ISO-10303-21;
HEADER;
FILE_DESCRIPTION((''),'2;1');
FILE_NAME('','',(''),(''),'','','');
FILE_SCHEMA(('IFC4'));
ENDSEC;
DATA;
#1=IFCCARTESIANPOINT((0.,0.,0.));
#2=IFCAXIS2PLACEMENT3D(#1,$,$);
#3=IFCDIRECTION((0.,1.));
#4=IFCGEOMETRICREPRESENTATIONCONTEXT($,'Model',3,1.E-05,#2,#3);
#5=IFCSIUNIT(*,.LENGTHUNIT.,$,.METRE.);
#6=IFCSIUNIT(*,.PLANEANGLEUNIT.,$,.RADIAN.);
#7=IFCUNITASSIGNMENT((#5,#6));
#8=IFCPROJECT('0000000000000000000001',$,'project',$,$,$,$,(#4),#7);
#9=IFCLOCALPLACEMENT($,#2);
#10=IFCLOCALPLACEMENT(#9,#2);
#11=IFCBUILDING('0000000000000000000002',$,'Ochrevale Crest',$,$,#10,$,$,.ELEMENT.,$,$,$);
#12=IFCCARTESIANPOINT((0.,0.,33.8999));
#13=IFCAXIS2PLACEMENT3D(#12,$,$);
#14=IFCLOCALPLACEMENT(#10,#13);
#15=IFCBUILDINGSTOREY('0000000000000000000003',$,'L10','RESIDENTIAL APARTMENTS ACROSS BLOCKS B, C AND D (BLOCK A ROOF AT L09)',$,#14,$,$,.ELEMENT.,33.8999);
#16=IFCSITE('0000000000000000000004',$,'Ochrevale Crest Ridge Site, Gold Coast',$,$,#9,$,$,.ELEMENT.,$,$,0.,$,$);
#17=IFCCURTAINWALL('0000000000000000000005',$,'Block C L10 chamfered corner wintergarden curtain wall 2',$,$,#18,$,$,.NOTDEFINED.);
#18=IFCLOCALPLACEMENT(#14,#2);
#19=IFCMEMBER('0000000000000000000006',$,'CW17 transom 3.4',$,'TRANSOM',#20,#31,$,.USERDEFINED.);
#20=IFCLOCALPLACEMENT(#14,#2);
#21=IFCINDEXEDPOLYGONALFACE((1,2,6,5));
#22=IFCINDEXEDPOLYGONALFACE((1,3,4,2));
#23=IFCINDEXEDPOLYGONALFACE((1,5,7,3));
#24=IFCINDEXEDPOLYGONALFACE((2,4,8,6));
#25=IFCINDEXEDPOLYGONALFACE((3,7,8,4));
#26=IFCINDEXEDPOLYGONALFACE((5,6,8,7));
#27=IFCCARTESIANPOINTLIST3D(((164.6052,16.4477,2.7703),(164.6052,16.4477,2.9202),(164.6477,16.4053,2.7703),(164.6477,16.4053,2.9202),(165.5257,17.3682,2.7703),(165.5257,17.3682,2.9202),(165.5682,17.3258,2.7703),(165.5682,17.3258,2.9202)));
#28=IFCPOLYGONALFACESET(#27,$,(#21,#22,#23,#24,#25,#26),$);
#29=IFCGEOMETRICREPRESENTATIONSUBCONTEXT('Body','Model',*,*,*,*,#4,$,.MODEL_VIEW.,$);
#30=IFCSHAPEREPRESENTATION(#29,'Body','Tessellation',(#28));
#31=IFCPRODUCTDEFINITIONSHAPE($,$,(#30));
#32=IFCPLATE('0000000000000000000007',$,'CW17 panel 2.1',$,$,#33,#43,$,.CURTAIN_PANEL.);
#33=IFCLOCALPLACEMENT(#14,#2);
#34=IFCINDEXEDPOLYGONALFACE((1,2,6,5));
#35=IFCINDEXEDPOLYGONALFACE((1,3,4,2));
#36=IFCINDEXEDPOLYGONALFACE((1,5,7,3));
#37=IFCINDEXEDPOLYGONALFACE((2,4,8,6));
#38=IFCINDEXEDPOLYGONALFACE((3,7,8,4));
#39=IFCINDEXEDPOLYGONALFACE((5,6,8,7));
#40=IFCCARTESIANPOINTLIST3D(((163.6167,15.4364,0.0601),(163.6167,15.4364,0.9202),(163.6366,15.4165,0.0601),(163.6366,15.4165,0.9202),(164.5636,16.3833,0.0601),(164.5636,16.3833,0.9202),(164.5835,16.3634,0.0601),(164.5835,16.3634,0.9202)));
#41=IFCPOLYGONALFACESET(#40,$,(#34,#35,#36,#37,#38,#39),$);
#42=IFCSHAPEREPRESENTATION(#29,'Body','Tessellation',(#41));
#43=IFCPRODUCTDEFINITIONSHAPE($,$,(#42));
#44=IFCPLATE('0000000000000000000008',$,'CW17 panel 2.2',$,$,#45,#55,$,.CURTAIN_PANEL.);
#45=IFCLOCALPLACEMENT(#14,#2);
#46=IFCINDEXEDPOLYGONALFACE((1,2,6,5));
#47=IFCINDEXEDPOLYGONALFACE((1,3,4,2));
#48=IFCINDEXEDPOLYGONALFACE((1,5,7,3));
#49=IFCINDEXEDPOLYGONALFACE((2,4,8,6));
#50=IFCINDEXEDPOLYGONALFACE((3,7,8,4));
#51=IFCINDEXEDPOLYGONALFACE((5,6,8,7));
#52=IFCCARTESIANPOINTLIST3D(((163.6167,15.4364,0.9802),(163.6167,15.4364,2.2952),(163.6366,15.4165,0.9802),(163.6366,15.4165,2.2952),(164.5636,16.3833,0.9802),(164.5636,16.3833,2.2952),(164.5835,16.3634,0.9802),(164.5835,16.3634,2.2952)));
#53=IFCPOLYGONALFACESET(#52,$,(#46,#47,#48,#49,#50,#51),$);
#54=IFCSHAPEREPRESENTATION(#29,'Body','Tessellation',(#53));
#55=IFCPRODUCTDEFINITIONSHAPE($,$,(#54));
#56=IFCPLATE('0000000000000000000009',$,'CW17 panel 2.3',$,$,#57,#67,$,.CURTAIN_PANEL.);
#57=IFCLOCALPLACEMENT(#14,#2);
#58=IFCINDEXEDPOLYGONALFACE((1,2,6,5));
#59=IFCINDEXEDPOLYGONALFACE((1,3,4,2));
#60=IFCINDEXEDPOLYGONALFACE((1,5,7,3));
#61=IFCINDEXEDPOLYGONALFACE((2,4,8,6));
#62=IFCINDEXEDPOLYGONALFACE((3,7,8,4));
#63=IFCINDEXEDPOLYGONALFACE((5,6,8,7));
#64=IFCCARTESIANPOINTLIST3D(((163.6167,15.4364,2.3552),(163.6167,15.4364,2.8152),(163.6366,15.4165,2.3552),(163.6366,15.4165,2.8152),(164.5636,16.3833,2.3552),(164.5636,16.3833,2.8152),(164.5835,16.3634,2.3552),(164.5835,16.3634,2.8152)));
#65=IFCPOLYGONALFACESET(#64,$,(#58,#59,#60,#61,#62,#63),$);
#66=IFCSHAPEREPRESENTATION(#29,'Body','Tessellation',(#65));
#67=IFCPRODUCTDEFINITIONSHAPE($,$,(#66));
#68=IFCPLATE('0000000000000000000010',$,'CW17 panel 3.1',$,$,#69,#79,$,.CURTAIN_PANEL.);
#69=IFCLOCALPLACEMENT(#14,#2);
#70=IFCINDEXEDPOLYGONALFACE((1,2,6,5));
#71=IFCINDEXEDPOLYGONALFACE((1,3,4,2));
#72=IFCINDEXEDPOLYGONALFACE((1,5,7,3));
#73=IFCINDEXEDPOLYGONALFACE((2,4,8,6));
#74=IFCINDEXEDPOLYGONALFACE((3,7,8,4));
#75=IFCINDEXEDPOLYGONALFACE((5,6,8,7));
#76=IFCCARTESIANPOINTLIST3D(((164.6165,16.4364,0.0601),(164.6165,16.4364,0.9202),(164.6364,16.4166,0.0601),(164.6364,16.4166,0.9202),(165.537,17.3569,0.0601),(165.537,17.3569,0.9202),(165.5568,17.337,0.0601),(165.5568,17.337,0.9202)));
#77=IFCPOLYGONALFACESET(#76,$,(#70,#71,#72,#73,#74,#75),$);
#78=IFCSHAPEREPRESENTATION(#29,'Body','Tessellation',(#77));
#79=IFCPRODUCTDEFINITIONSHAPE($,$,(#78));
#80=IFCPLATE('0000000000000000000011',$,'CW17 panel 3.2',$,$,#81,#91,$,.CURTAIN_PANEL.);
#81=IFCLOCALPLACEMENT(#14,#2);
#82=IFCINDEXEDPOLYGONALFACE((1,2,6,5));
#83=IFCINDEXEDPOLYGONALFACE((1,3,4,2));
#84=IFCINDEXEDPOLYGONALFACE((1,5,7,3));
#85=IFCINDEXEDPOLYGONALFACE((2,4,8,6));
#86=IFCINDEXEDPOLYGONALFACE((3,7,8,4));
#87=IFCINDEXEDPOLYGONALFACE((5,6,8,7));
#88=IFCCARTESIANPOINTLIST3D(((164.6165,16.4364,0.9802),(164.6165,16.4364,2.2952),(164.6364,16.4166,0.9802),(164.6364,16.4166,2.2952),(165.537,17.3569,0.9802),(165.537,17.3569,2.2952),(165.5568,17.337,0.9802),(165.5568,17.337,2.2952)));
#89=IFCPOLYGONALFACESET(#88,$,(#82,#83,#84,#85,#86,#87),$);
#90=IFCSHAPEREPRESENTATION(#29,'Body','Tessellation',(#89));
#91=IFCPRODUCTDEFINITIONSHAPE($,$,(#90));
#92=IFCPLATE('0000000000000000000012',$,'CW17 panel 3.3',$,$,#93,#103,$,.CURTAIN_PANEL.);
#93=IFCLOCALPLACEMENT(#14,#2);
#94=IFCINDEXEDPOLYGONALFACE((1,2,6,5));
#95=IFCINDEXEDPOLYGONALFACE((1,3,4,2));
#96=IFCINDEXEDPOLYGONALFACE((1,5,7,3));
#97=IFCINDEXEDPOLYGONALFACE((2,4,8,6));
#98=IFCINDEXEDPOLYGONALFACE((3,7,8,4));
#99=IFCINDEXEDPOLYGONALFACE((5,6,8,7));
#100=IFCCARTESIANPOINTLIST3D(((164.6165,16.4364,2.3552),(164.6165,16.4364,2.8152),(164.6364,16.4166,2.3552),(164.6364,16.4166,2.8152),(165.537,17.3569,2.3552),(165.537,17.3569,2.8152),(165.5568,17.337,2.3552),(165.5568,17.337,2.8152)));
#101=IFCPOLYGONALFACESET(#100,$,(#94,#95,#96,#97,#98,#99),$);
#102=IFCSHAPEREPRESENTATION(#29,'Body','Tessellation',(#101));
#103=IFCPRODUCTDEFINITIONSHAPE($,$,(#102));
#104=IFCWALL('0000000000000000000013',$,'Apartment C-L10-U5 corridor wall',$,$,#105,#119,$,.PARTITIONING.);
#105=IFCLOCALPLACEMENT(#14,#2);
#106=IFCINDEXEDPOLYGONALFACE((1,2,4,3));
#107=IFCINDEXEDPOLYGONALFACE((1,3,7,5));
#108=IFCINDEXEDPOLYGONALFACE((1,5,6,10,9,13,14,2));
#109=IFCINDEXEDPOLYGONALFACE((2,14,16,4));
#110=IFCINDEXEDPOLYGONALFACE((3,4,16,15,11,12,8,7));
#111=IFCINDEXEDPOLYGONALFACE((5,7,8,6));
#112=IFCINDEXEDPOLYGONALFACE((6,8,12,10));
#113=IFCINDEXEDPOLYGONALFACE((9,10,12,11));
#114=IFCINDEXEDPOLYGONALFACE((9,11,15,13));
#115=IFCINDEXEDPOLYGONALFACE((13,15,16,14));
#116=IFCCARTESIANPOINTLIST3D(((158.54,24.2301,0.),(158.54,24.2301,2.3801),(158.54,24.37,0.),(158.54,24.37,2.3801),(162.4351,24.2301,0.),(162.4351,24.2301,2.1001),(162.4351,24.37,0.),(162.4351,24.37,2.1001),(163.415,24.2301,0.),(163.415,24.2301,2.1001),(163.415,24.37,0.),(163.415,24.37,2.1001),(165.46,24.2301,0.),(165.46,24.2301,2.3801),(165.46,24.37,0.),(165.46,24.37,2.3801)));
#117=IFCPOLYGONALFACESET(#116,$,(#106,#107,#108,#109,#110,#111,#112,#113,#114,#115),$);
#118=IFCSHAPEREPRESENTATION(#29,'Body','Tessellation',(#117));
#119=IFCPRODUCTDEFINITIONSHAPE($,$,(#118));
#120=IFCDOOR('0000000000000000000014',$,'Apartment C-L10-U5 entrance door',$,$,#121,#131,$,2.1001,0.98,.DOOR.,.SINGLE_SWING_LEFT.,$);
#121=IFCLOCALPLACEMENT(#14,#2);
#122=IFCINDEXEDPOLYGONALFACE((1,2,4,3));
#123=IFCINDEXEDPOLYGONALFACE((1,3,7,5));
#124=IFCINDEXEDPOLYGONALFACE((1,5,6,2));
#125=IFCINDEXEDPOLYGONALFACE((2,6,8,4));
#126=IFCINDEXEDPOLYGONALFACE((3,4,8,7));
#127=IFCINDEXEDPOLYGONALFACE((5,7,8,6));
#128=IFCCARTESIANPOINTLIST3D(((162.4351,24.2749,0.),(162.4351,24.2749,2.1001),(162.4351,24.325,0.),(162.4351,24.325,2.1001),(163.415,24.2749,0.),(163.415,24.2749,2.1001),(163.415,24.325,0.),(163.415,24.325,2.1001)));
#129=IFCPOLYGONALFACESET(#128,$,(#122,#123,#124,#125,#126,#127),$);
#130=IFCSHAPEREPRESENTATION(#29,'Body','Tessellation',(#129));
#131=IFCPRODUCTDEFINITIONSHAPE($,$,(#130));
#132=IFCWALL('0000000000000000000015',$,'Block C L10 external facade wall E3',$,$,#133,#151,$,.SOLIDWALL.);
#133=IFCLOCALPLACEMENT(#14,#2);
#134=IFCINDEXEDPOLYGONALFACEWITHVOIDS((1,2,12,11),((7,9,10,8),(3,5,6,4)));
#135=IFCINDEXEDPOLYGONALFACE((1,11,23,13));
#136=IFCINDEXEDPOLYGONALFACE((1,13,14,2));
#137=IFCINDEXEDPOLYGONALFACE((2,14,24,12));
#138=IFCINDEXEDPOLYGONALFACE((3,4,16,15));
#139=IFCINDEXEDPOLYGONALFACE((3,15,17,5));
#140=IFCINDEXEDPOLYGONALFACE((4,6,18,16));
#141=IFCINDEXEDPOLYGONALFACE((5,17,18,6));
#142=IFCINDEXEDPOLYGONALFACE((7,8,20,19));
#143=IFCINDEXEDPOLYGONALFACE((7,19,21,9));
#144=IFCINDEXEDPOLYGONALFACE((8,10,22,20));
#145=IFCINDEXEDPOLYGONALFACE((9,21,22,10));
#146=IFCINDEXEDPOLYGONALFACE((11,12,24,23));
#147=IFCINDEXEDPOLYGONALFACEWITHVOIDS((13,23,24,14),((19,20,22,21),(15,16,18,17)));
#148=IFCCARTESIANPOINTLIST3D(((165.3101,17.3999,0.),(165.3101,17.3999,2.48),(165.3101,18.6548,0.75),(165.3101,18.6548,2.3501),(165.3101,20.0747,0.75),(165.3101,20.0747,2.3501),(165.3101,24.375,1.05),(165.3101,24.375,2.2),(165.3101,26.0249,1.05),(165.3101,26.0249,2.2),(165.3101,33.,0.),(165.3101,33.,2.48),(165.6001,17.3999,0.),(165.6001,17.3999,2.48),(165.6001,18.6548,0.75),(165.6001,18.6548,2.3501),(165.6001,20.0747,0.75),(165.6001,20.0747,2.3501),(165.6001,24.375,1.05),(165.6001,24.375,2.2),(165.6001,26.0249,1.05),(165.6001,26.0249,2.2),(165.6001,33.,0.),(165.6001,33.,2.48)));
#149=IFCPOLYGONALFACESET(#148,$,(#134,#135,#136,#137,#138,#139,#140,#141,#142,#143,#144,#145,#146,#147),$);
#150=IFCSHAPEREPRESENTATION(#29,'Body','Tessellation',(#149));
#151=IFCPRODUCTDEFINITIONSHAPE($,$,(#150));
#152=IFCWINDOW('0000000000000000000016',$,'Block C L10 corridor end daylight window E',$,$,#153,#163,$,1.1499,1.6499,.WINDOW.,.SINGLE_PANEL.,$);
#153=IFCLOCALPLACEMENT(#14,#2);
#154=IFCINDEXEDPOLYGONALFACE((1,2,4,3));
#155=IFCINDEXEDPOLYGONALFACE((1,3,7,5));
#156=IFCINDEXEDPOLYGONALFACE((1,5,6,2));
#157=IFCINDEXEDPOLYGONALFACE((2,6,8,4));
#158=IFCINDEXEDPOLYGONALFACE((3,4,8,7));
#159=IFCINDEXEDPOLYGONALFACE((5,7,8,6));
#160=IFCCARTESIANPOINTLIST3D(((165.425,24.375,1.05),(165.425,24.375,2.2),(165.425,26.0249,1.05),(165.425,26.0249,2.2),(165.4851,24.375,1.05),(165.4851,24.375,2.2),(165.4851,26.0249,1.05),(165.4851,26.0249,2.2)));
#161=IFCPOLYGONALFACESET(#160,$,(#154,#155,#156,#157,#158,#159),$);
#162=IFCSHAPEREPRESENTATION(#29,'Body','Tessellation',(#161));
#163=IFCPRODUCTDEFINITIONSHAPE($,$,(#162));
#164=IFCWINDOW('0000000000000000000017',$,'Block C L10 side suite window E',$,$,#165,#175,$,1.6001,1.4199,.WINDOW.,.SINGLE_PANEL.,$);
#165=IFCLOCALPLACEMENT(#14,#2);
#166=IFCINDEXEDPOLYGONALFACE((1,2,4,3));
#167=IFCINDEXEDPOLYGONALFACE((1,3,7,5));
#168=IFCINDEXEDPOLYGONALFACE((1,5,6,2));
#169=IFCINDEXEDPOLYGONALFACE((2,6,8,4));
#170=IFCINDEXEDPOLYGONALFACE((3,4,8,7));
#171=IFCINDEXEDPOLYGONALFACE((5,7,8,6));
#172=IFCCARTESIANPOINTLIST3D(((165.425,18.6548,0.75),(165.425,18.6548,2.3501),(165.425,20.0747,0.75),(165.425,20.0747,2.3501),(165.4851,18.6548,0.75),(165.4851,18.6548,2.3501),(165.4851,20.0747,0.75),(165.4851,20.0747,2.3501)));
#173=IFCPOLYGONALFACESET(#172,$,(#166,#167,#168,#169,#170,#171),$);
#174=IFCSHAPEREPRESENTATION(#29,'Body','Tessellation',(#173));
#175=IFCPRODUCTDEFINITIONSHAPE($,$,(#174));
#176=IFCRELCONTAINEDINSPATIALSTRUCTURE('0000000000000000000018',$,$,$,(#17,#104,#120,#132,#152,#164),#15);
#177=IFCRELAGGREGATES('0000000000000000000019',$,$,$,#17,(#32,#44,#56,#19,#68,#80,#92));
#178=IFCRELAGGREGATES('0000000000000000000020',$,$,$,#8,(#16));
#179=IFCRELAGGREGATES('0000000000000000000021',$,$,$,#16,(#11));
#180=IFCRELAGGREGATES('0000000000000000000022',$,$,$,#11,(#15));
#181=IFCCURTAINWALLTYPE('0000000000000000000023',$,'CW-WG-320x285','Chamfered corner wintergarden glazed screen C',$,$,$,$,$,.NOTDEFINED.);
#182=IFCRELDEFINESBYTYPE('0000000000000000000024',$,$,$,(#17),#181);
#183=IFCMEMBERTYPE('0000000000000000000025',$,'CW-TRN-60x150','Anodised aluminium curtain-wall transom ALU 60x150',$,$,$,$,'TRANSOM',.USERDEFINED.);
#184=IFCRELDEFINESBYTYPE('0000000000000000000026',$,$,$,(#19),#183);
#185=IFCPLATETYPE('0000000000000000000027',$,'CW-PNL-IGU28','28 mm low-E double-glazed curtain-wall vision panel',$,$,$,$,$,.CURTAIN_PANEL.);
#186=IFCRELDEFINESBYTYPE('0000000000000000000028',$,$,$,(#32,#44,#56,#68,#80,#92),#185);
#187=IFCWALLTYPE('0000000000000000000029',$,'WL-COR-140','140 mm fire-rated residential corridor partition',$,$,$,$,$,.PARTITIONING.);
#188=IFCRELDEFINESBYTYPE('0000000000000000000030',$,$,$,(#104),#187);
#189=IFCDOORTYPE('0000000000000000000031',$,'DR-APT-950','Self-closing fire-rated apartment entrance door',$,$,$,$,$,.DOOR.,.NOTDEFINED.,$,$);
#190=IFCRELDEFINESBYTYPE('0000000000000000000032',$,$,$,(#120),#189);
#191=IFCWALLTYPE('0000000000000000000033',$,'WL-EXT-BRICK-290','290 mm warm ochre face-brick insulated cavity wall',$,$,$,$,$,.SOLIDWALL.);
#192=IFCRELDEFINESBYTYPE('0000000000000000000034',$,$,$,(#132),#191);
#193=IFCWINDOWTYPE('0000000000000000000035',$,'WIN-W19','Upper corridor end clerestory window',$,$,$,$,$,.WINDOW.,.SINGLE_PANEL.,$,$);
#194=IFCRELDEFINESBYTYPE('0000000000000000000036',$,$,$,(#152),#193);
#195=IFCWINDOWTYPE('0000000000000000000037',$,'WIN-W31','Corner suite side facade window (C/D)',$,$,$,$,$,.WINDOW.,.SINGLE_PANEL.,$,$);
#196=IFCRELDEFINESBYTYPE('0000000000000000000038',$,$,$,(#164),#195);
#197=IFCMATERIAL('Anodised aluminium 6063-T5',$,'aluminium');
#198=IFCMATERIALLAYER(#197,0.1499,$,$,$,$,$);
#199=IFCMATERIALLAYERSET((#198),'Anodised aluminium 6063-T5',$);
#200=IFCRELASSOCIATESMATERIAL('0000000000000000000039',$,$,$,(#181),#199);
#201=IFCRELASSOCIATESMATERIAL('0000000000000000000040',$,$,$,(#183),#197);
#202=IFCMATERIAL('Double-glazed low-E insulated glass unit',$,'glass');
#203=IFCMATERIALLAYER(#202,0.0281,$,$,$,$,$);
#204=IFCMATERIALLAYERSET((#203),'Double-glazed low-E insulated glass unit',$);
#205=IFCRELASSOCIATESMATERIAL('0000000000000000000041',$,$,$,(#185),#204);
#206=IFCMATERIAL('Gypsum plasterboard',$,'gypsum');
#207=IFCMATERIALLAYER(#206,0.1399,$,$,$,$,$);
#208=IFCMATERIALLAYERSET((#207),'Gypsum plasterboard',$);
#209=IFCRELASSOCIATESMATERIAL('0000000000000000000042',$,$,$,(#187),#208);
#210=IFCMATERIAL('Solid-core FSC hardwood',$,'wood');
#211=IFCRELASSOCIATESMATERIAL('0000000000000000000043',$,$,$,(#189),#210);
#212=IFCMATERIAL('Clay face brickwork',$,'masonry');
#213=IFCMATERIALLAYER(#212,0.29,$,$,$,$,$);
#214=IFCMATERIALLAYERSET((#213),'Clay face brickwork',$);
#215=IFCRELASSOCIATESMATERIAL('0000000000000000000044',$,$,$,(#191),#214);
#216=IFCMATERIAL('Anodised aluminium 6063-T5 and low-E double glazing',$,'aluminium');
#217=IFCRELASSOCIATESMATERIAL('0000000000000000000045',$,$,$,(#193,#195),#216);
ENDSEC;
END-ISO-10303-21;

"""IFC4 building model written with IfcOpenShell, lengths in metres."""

from ifc_helpers import new_model, si_unit, direction, frame, frame_2d, origin, origin_2d, place, context, subcontext, project, spatial, rectangle, extrude, material, layer, layer_set, material_profile, profile_set, type_object, element, fill, aggregate, save


model = new_model("IFC4")

# Units and contexts
model_context = context("Model", 3, precision=1e-05, world=origin(), true_north=direction((0.0, 1.0)))
body_context = subcontext(model_context, "Body", "Model", "MODEL_VIEW")
ifc_project = project(units=[si_unit("LENGTHUNIT", "METRE"), si_unit("PLANEANGLEUNIT", "RADIAN")], contexts=[model_context])

# Site, building, storey
site_placement = place(None, origin())
site = spatial("IfcSite", under=ifc_project, at=site_placement, Name="Ochrevale Crest Ridge Site, Gold Coast", CompositionType="ELEMENT", RefElevation=0.0)
building_placement = place(site_placement, origin())
building = spatial("IfcBuilding", under=site, at=building_placement, Name="Ochrevale Crest", CompositionType="ELEMENT")
storey_placement = place(building_placement, frame((0.0, 0.0, 33.8999)))
storey = spatial("IfcBuildingStorey", under=building, at=storey_placement, Name="L10", Description="RESIDENTIAL APARTMENTS ACROSS BLOCKS B, C AND D (BLOCK A ROOF AT L09)", CompositionType="ELEMENT", Elevation=33.8999)

# Curtain wall, member, plates
ifc_material_1 = material(Name="Anodised aluminium 6063-T5", Category="aluminium")
ifc_layer_1 = layer(ifc_material_1, 0.1499)
ifc_layer_set_1 = layer_set([ifc_layer_1], Name="Anodised aluminium 6063-T5")
curtain_wall_type = type_object("IfcCurtainWallType", Name="CW-WG-320x285", Description="Chamfered corner wintergarden glazed screen C", PredefinedType="NOTDEFINED", material=ifc_layer_set_1)
curtain_wall_placement = place(storey_placement, origin())
curtain_wall = element("IfcCurtainWall", 1, at=curtain_wall_placement, inside=storey, type_object=curtain_wall_type, Name="Block C L10 chamfered corner wintergarden curtain wall 2", PredefinedType="NOTDEFINED")
ifc_material_profile_1 = material_profile(ifc_material_1, rectangle(XDim=0.0601, YDim=0.1499, at=origin_2d()), Name="ALU 60x150")
ifc_profile_set_1 = profile_set([ifc_material_profile_1], Name="Anodised aluminium 6063-T5")
member_type_1 = type_object("IfcMemberType", Name="CW-TRN-60x150", Description="Anodised aluminium curtain-wall transom ALU 60x150", ElementType="TRANSOM", PredefinedType="USERDEFINED", material=ifc_profile_set_1)
member_1_placement = place(storey_placement, frame((164.6265, 16.4265, 2.8452), z_axis=(0.707107, 0.707107, 0.0), x_axis=(-0.707107, 0.707107, 0.0)))
member_1 = element("IfcMember", 2, at=member_1_placement, type_object=member_type_1, Name="CW17 transom 3.4", ObjectType="TRANSOM", PredefinedType="USERDEFINED", context=body_context, shape_type="SweptSolid", body=[
    extrude(rectangle(XDim=0.0601, YDim=0.1499, at=origin_2d()), origin(), (0.0, 0.0, 1.0), 1.3018),
])
ifc_material_2 = material(Name="Double-glazed low-E insulated glass unit", Category="glass")
ifc_layer_2 = layer(ifc_material_2, 0.0281)
ifc_layer_set_2 = layer_set([ifc_layer_2], Name="Double-glazed low-E insulated glass unit")
plate_type = type_object("IfcPlateType", Name="CW-PNL-IGU28", Description="28 mm low-E double-glazed curtain-wall vision panel", PredefinedType="CURTAIN_PANEL", material=ifc_layer_set_2)
plate_1_placement = place(storey_placement, frame((164.1001, 15.8999, 0.0601), z_axis=(0.0, 0.0, 1.0), x_axis=(0.707107, 0.707107, 0.0)))
plate_1 = element("IfcPlate", 3, at=plate_1_placement, type_object=plate_type, Name="CW17 panel 2.1", PredefinedType="CURTAIN_PANEL", context=body_context, shape_type="SweptSolid", body=[
    extrude(rectangle(XDim=1.3391, YDim=0.0281, at=origin_2d()), origin(), (0.0, 0.0, 1.0), 0.8601),
])
plate_2_placement = place(storey_placement, frame((164.1001, 15.8999, 0.9802), z_axis=(0.0, 0.0, 1.0), x_axis=(0.707107, 0.707107, 0.0)))
plate_2 = element("IfcPlate", 4, at=plate_2_placement, type_object=plate_type, Name="CW17 panel 2.2", PredefinedType="CURTAIN_PANEL", context=body_context, shape_type="SweptSolid", body=[
    extrude(rectangle(XDim=1.3391, YDim=0.0281, at=origin_2d()), origin(), (0.0, 0.0, 1.0), 1.3149),
])
plate_3_placement = place(storey_placement, frame((164.1001, 15.8999, 2.3552), z_axis=(0.0, 0.0, 1.0), x_axis=(0.707107, 0.707107, 0.0)))
plate_3 = element("IfcPlate", 5, at=plate_3_placement, type_object=plate_type, Name="CW17 panel 2.3", PredefinedType="CURTAIN_PANEL", context=body_context, shape_type="SweptSolid", body=[
    extrude(rectangle(XDim=1.3391, YDim=0.0281, at=origin_2d()), origin(), (0.0, 0.0, 1.0), 0.46),
])
plate_4_placement = place(storey_placement, frame((165.0867, 16.8867, 0.0601), z_axis=(0.0, 0.0, 1.0), x_axis=(0.707107, 0.707107, 0.0)))
plate_4 = element("IfcPlate", 6, at=plate_4_placement, type_object=plate_type, Name="CW17 panel 3.1", PredefinedType="CURTAIN_PANEL", context=body_context, shape_type="SweptSolid", body=[
    extrude(rectangle(XDim=1.3018, YDim=0.0281, at=origin_2d()), origin(), (0.0, 0.0, 1.0), 0.8601),
])
plate_5_placement = place(storey_placement, frame((165.0867, 16.8867, 0.9802), z_axis=(0.0, 0.0, 1.0), x_axis=(0.707107, 0.707107, 0.0)))
plate_5 = element("IfcPlate", 7, at=plate_5_placement, type_object=plate_type, Name="CW17 panel 3.2", PredefinedType="CURTAIN_PANEL", context=body_context, shape_type="SweptSolid", body=[
    extrude(rectangle(XDim=1.3018, YDim=0.0281, at=origin_2d()), origin(), (0.0, 0.0, 1.0), 1.3149),
])
plate_6_placement = place(storey_placement, frame((165.0867, 16.8867, 2.3552), z_axis=(0.0, 0.0, 1.0), x_axis=(0.707107, 0.707107, 0.0)))
plate_6 = element("IfcPlate", 8, at=plate_6_placement, type_object=plate_type, Name="CW17 panel 3.3", PredefinedType="CURTAIN_PANEL", context=body_context, shape_type="SweptSolid", body=[
    extrude(rectangle(XDim=1.3018, YDim=0.0281, at=origin_2d()), origin(), (0.0, 0.0, 1.0), 0.46),
])
aggregate(curtain_wall, [plate_1, plate_2, plate_3, member_1, plate_4, plate_5, plate_6])

# Wall, opening, door
ifc_material_3 = material(Name="Gypsum plasterboard", Category="gypsum")
ifc_layer_3 = layer(ifc_material_3, 0.1399)
ifc_layer_set_3 = layer_set([ifc_layer_3], Name="Gypsum plasterboard")
wall_type_1 = type_object("IfcWallType", Name="WL-COR-140", Description="140 mm fire-rated residential corridor partition", PredefinedType="PARTITIONING", material=ifc_layer_set_3)
wall_1_placement = place(storey_placement, frame((158.54, 24.3, 0.0), z_axis=(0.0, 0.0, 1.0), x_axis=(1.0, 0.0, 0.0)))
wall_1 = element("IfcWall", 9, at=wall_1_placement, inside=storey, type_object=wall_type_1, Name="Apartment C-L10-U5 corridor wall", PredefinedType="PARTITIONING", context=body_context, shape_type="SweptSolid", body=[
    extrude(rectangle(XDim=6.9199, YDim=0.1399, at=frame_2d((3.46, 0.0))), origin(), (0.0, 0.0, 1.0), 2.3801),
])
opening_1_placement = place(wall_1_placement, frame((3.895, 0.0, 0.0)))
opening_1 = element("IfcOpeningElement", 10, at=opening_1_placement, cuts=wall_1, PredefinedType="OPENING", context=body_context, shape_type="SweptSolid", body=[
    extrude(rectangle(XDim=0.98, YDim=2.1001, at=frame_2d((0.49, 1.05))), frame((0.0, 0.0801, 0.0), z_axis=(0.0, -1.0, 0.0), x_axis=(1.0, 0.0, 0.0)), (0.0, 0.0, 1.0), 0.1599),
])
ifc_material_4 = material(Name="Solid-core FSC hardwood", Category="wood")
door_type_1 = type_object("IfcDoorType", Name="DR-APT-950", Description="Self-closing fire-rated apartment entrance door", OperationType="NOTDEFINED", PredefinedType="DOOR", material=ifc_material_4)
door_1_placement = place(opening_1_placement, origin())
door_1 = element("IfcDoor", 11, at=door_1_placement, inside=storey, type_object=door_type_1, Name="Apartment C-L10-U5 entrance door", OperationType="SINGLE_SWING_LEFT", OverallHeight=2.1001, OverallWidth=0.98, PredefinedType="DOOR", context=body_context, shape_type="SweptSolid", body=[
    extrude(rectangle(XDim=0.98, YDim=2.1001, at=frame_2d((0.49, 1.05))), frame((0.0, 0.0249, 0.0), z_axis=(0.0, -1.0, 0.0), x_axis=(1.0, 0.0, 0.0)), (0.0, 0.0, 1.0), 0.05),
])
fill(opening_1, door_1)

# Wall, openings, windows
ifc_material_5 = material(Name="Clay face brickwork", Category="masonry")
ifc_layer_4 = layer(ifc_material_5, 0.29)
ifc_layer_set_4 = layer_set([ifc_layer_4], Name="Clay face brickwork")
wall_type_2 = type_object("IfcWallType", Name="WL-EXT-BRICK-290", Description="290 mm warm ochre face-brick insulated cavity wall", PredefinedType="SOLIDWALL", material=ifc_layer_set_4)
wall_2_placement = place(storey_placement, frame((165.4551, 17.3999, 0.0), z_axis=(0.0, 0.0, 1.0), x_axis=(0.0, 1.0, 0.0)))
wall_2 = element("IfcWall", 12, at=wall_2_placement, inside=storey, type_object=wall_type_2, Name="Block C L10 external facade wall E3", PredefinedType="SOLIDWALL", context=body_context, shape_type="SweptSolid", body=[
    extrude(rectangle(XDim=15.6001, YDim=0.29, at=frame_2d((7.8, 0.0))), origin(), (0.0, 0.0, 1.0), 2.48),
])
opening_2_placement = place(wall_2_placement, frame((6.9751, 0.0, 1.05)))
opening_2 = element("IfcOpeningElement", 13, at=opening_2_placement, cuts=wall_2, PredefinedType="OPENING", context=body_context, shape_type="SweptSolid", body=[
    extrude(rectangle(XDim=1.6499, YDim=1.1499, at=frame_2d((0.825, 0.575))), frame((0.0, 0.155, 0.0), z_axis=(0.0, -1.0, 0.0), x_axis=(1.0, 0.0, 0.0)), (0.0, 0.0, 1.0), 0.3101),
])
opening_3_placement = place(wall_2_placement, frame((1.2549, 0.0, 0.75)))
opening_3 = element("IfcOpeningElement", 14, at=opening_3_placement, cuts=wall_2, PredefinedType="OPENING", context=body_context, shape_type="SweptSolid", body=[
    extrude(rectangle(XDim=1.4199, YDim=1.6001, at=frame_2d((0.71, 0.8))), frame((0.0, 0.155, 0.0), z_axis=(0.0, -1.0, 0.0), x_axis=(1.0, 0.0, 0.0)), (0.0, 0.0, 1.0), 0.3101),
])
ifc_material_6 = material(Name="Anodised aluminium 6063-T5 and low-E double glazing", Category="aluminium")
window_type_1 = type_object("IfcWindowType", Name="WIN-W19", Description="Upper corridor end clerestory window", PartitioningType="SINGLE_PANEL", PredefinedType="WINDOW", material=ifc_material_6)
window_1_placement = place(opening_2_placement, origin())
window_1 = element("IfcWindow", 15, at=window_1_placement, inside=storey, type_object=window_type_1, Name="Block C L10 corridor end daylight window E", OverallHeight=1.1499, OverallWidth=1.6499, PartitioningType="SINGLE_PANEL", PredefinedType="WINDOW", context=body_context, shape_type="SweptSolid", body=[
    extrude(rectangle(XDim=1.6499, YDim=1.1499, at=frame_2d((0.825, 0.575))), frame((0.0, 0.03, 0.0), z_axis=(0.0, -1.0, 0.0), x_axis=(1.0, 0.0, 0.0)), (0.0, 0.0, 1.0), 0.0601),
])
fill(opening_2, window_1)
window_type_2 = type_object("IfcWindowType", Name="WIN-W31", Description="Corner suite side facade window (C/D)", PartitioningType="SINGLE_PANEL", PredefinedType="WINDOW", material=ifc_material_6)
window_2_placement = place(opening_3_placement, origin())
window_2 = element("IfcWindow", 16, at=window_2_placement, inside=storey, type_object=window_type_2, Name="Block C L10 side suite window E", OverallHeight=1.6001, OverallWidth=1.4199, PartitioningType="SINGLE_PANEL", PredefinedType="WINDOW", context=body_context, shape_type="SweptSolid", body=[
    extrude(rectangle(XDim=1.4199, YDim=1.6001, at=frame_2d((0.71, 0.8))), frame((0.0, 0.03, 0.0), z_axis=(0.0, -1.0, 0.0), x_axis=(1.0, 0.0, 0.0)), (0.0, 0.0, 1.0), 0.0601),
])
fill(opening_3, window_2)

save(model, "model.ifc")
